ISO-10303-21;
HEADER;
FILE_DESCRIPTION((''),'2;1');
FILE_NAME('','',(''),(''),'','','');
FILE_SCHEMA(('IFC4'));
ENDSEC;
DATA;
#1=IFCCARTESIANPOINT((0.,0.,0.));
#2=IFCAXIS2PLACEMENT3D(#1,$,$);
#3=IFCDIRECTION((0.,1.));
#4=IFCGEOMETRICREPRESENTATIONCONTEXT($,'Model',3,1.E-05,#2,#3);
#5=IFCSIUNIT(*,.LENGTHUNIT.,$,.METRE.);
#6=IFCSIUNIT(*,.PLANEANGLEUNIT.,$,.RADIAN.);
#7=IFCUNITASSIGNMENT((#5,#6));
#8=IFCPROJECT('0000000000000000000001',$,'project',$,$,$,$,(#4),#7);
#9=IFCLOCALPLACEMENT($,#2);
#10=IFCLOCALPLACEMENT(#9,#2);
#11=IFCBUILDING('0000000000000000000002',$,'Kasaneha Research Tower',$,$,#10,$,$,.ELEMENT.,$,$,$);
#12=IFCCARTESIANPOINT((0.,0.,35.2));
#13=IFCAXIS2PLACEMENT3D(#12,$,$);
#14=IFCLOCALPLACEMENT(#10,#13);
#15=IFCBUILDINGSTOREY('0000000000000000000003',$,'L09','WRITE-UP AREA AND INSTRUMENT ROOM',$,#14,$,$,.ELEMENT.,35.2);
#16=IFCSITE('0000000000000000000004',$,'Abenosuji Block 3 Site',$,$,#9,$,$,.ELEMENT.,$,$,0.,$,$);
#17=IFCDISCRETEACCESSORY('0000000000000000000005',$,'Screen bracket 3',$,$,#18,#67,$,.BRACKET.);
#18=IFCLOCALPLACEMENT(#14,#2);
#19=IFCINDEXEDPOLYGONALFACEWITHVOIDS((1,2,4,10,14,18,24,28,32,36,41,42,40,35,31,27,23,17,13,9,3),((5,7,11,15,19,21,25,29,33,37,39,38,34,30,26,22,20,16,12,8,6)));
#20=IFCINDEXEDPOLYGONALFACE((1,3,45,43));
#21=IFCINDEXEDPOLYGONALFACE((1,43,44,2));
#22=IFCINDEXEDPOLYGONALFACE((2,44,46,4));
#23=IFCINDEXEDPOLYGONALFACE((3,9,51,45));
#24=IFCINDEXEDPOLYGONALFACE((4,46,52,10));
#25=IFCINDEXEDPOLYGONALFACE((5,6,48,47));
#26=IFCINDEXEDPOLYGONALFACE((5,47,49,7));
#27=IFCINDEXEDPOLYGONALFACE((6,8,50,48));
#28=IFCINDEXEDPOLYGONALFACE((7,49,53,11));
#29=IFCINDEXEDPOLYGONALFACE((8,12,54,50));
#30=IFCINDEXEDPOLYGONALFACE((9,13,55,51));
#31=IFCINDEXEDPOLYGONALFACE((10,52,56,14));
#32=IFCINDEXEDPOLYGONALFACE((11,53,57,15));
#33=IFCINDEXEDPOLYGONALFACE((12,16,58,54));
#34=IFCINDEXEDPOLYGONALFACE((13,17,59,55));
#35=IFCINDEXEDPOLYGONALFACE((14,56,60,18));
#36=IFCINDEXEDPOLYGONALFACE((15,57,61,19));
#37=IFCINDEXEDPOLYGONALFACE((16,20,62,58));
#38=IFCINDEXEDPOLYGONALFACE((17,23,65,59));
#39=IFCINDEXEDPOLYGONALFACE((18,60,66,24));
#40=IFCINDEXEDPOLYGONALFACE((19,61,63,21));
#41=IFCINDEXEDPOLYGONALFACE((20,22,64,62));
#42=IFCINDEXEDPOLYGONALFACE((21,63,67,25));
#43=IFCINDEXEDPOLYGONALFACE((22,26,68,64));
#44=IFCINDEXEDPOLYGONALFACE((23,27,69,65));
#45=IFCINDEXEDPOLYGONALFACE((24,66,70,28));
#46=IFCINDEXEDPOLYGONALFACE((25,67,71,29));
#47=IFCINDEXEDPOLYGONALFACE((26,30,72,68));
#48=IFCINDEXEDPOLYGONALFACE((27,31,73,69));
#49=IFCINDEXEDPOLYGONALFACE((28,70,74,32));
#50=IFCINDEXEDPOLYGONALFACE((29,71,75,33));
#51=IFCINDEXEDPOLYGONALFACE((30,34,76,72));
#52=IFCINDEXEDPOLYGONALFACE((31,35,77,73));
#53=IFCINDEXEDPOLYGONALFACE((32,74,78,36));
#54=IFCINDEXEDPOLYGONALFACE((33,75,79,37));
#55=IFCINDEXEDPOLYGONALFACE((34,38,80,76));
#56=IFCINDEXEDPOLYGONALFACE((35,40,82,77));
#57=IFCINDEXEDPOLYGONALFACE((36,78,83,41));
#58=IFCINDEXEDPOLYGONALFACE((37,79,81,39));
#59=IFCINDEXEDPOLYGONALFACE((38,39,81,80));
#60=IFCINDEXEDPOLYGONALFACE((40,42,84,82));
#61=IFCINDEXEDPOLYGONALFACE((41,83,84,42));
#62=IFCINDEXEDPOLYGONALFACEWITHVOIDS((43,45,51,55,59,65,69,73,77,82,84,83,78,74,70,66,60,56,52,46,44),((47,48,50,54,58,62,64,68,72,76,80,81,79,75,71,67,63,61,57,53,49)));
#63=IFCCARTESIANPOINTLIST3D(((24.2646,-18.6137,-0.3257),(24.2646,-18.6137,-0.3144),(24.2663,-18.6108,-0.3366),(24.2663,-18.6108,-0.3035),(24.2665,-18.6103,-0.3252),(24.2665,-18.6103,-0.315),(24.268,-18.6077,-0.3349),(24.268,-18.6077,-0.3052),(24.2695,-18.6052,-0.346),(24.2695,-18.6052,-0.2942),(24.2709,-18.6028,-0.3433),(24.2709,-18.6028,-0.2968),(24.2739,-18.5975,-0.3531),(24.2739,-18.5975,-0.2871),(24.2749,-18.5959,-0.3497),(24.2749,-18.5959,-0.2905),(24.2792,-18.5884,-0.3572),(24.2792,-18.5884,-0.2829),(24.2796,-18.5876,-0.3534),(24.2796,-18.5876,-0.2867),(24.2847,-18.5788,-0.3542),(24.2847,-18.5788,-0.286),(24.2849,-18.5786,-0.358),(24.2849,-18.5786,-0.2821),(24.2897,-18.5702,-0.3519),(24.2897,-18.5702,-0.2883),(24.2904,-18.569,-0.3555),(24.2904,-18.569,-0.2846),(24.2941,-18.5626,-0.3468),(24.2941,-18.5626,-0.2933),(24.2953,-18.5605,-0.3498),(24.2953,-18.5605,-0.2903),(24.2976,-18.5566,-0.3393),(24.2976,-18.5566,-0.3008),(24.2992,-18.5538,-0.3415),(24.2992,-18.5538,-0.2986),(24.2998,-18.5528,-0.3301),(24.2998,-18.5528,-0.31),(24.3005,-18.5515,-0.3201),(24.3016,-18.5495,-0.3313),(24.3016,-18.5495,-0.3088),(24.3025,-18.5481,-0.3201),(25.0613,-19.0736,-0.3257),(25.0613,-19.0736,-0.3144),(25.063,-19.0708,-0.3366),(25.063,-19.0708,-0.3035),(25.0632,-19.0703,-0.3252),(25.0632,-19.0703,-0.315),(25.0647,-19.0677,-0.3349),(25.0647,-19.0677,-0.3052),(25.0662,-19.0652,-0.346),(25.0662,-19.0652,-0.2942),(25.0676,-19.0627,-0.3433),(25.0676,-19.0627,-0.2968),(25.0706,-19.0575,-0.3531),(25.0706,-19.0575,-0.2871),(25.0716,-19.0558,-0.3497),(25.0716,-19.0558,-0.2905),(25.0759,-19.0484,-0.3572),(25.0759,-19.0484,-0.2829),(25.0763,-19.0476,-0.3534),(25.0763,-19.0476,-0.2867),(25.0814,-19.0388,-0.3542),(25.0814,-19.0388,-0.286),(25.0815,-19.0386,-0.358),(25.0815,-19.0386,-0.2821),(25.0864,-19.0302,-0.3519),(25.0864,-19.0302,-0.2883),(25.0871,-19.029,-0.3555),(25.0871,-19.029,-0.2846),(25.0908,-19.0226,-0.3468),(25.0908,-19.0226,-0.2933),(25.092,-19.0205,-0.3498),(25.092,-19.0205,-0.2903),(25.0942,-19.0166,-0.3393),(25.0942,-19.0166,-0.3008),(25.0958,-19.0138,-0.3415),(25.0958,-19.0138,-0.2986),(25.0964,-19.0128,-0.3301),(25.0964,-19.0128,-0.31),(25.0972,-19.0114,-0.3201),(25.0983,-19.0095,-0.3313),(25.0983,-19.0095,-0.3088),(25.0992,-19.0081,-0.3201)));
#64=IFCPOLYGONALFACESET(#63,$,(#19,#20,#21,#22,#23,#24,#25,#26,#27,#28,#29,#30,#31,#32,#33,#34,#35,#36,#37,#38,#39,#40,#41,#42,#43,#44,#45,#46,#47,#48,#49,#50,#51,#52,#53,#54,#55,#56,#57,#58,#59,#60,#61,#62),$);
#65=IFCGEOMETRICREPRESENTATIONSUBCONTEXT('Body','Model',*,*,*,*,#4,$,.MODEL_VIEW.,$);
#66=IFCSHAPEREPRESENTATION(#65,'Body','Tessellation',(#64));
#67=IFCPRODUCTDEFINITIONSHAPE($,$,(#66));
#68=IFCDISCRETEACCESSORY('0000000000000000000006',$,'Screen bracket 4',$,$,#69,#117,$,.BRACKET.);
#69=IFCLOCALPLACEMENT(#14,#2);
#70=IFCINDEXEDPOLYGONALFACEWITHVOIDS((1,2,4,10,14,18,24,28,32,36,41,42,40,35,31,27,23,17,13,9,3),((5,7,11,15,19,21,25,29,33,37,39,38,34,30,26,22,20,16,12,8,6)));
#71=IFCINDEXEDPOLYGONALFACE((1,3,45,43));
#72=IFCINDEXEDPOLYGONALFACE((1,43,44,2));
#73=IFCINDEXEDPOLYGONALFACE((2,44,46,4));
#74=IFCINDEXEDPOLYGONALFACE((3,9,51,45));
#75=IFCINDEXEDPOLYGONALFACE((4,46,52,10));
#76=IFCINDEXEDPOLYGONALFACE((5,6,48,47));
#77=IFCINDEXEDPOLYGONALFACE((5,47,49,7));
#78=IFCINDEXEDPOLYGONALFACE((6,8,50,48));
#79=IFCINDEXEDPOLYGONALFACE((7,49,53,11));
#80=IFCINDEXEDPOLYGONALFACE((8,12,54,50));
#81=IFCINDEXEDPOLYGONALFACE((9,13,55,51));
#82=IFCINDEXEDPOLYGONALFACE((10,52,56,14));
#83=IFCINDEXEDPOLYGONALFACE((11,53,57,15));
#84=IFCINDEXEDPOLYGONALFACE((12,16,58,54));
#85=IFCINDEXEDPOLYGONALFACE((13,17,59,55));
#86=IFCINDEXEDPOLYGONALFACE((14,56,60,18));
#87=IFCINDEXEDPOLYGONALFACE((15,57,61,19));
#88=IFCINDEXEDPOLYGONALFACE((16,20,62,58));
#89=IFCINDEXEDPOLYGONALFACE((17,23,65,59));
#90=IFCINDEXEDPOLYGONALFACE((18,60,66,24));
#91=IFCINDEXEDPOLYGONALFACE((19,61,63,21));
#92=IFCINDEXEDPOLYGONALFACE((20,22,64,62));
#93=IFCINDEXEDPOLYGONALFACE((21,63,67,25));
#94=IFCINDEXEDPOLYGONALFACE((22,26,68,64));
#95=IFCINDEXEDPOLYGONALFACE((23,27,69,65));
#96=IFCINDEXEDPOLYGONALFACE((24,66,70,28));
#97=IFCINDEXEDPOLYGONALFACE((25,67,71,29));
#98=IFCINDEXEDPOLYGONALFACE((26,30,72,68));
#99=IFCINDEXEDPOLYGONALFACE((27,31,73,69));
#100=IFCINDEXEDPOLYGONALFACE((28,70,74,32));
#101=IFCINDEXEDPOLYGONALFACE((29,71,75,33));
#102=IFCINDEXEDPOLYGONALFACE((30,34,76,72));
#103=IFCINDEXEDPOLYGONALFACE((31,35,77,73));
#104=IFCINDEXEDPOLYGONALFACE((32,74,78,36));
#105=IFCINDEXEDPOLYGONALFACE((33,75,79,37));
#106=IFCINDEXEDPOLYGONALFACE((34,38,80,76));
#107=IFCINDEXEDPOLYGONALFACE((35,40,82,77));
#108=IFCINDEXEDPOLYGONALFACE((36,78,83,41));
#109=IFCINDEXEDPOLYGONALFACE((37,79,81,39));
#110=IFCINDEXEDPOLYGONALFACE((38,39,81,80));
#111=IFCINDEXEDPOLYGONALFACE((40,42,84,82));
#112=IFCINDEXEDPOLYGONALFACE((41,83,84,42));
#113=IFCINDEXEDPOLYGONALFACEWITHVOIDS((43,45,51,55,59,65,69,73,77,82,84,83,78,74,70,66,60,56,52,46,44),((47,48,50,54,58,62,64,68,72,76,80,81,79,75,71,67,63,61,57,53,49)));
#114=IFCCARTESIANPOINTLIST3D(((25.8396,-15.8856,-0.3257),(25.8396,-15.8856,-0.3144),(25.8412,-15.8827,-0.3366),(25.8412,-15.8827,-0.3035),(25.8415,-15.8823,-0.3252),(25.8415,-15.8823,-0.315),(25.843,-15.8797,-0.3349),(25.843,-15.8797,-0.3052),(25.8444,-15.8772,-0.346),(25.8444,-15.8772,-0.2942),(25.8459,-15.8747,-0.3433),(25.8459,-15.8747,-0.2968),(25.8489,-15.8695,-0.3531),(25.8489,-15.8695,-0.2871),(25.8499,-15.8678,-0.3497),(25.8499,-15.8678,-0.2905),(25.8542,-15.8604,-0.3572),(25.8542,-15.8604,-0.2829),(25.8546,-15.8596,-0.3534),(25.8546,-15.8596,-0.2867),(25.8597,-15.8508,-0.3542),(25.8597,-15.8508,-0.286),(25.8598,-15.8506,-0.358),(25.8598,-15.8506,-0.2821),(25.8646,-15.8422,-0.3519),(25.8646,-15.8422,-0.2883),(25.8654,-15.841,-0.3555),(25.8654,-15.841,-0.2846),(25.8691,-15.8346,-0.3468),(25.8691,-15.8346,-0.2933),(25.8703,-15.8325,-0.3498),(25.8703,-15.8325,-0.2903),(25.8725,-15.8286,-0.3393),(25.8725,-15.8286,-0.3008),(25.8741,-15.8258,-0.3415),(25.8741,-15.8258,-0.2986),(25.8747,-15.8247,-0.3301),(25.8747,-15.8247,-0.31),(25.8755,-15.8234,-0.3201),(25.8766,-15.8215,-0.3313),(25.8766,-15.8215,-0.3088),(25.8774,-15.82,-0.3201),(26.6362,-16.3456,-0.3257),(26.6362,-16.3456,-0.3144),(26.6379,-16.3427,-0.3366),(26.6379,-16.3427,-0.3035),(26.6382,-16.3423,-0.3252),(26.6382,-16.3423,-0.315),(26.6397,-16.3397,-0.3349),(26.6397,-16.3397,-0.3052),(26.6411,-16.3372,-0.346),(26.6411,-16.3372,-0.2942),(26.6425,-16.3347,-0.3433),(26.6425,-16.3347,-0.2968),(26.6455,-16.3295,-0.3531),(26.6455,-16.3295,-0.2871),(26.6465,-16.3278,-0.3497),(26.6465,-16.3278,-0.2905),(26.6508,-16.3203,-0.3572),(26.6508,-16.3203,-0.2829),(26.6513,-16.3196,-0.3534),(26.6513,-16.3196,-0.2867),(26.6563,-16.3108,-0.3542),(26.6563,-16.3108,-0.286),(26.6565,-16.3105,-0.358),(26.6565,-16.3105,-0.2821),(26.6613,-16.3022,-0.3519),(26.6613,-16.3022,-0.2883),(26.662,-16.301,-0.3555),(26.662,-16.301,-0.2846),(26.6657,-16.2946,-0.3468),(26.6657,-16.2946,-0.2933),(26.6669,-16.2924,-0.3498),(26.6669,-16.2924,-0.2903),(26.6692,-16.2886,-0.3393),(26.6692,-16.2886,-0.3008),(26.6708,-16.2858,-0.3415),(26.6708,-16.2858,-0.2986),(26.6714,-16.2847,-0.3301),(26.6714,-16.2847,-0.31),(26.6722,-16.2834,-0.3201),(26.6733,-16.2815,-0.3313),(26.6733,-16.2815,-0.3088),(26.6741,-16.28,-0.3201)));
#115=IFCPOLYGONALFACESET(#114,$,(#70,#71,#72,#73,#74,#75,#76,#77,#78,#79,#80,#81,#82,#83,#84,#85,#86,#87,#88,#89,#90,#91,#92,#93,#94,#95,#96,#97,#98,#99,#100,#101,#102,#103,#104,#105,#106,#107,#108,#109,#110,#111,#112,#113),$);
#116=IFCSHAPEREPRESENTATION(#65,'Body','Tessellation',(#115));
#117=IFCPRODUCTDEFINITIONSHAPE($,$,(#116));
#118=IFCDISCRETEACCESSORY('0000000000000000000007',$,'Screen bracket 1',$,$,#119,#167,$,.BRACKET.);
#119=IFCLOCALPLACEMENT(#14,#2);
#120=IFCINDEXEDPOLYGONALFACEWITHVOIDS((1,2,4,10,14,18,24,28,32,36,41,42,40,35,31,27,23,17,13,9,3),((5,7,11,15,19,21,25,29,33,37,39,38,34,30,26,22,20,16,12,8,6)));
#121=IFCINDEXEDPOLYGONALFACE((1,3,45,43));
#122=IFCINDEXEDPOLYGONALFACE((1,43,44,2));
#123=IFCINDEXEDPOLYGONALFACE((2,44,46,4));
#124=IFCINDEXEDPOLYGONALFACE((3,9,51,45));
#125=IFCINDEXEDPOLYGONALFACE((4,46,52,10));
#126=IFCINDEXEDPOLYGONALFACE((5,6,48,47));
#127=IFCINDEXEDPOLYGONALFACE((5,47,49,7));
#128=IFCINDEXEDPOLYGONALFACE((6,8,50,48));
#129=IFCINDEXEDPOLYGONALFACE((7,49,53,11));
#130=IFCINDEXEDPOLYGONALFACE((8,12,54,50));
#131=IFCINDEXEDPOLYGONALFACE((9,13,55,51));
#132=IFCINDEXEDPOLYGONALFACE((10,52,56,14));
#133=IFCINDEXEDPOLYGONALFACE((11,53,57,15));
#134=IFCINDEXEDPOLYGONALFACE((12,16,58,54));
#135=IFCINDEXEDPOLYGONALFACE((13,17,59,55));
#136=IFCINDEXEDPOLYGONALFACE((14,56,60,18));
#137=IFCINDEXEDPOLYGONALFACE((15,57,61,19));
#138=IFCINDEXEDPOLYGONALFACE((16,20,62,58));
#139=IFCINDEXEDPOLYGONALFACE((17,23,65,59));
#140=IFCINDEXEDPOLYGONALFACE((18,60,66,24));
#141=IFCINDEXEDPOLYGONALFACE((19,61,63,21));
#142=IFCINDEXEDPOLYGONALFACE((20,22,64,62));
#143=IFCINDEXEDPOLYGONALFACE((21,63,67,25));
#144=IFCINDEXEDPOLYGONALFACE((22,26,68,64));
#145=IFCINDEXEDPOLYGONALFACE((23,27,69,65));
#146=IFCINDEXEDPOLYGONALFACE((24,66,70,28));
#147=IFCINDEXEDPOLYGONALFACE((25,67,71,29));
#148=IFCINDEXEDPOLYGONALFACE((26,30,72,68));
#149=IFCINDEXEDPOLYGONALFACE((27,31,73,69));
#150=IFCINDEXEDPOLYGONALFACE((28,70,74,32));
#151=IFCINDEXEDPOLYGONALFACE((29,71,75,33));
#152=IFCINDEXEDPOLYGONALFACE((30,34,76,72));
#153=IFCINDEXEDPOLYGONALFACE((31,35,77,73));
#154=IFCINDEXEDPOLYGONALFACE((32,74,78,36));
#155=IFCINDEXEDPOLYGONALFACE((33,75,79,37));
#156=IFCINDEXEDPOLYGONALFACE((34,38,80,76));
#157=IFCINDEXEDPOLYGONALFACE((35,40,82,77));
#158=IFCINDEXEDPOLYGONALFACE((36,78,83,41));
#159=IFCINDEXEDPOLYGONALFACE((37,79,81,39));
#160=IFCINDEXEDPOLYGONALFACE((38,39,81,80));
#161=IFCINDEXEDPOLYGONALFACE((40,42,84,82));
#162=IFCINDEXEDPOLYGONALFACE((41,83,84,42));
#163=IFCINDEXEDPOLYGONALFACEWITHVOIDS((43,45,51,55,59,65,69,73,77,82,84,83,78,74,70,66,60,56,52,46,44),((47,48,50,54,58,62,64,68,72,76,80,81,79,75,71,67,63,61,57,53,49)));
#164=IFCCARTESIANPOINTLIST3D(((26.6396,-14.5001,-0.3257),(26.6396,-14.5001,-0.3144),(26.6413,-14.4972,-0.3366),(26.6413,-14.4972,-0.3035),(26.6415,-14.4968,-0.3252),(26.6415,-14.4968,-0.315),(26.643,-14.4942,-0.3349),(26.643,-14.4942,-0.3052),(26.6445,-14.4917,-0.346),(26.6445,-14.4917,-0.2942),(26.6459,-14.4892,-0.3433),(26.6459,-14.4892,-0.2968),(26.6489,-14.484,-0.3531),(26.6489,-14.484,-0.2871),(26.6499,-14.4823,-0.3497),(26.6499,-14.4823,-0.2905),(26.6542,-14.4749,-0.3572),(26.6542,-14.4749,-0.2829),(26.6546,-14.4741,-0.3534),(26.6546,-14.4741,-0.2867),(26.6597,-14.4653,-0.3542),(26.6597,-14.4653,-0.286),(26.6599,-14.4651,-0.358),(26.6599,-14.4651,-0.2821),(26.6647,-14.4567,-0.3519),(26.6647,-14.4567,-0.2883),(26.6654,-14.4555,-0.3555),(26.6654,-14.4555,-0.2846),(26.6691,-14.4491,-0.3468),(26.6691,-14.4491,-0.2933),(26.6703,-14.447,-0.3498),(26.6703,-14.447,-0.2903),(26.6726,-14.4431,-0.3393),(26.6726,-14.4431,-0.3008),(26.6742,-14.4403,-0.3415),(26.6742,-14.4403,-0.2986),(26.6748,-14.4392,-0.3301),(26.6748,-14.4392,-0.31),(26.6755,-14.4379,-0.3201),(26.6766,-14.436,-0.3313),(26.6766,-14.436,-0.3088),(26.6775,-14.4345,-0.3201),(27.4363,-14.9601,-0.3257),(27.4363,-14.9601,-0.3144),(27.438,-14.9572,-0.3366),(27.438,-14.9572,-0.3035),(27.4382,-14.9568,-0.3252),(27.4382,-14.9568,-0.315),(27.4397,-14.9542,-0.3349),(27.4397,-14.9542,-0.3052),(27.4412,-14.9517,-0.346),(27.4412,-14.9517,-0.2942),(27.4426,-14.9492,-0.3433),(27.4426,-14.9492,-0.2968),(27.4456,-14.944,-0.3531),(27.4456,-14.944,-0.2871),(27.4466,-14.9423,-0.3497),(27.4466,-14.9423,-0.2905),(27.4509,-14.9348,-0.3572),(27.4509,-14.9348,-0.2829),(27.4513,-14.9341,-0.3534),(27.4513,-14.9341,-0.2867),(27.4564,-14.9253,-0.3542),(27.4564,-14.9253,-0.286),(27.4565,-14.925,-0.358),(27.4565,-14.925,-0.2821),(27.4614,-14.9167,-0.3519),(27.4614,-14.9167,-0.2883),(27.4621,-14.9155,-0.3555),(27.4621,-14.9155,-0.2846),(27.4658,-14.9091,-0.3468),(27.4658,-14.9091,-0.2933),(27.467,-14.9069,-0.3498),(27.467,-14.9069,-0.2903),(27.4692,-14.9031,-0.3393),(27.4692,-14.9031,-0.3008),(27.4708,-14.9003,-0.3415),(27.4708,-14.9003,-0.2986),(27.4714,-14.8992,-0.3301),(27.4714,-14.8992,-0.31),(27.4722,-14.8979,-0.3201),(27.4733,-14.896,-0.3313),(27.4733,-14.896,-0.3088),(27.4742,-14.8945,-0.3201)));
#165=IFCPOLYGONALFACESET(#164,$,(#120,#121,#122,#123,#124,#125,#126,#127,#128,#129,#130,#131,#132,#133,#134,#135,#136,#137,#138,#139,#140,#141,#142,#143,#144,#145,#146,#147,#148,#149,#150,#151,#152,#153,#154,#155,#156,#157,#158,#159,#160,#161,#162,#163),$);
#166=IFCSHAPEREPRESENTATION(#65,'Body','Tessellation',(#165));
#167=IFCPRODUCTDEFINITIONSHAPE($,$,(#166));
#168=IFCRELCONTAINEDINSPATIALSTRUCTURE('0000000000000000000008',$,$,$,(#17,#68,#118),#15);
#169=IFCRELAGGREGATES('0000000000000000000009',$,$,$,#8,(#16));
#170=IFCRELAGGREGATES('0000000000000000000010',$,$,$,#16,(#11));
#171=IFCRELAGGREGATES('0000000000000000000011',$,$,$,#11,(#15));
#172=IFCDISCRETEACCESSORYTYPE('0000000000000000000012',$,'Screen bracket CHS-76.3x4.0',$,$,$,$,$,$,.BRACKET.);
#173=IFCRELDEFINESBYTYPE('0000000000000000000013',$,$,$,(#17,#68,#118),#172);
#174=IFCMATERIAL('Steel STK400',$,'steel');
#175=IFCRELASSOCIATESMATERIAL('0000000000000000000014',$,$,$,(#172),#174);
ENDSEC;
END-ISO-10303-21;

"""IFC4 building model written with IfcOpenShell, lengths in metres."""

from ifc_helpers import new_model, si_unit, direction, frame, origin, origin_2d, place, context, subcontext, project, spatial, hollow_circle, extrude, material, material_profile, profile_set, type_object, element, save


model = new_model("IFC4")

# Units and contexts
model_context = context("Model", 3, precision=1e-05, world=origin(), true_north=direction((0.0, 1.0)))
body_context = subcontext(model_context, "Body", "Model", "MODEL_VIEW")
ifc_project = project(units=[si_unit("LENGTHUNIT", "METRE"), si_unit("PLANEANGLEUNIT", "RADIAN")], contexts=[model_context])

# Site, building, storey
site_placement = place(None, origin())
site = spatial("IfcSite", under=ifc_project, at=site_placement, Name="Abenosuji Block 3 Site", CompositionType="ELEMENT", RefElevation=0.0)
building_placement = place(site_placement, origin())
building = spatial("IfcBuilding", under=site, at=building_placement, Name="Kasaneha Research Tower", CompositionType="ELEMENT")
storey_placement = place(building_placement, frame((0.0, 0.0, 35.2)))
storey = spatial("IfcBuildingStorey", under=building, at=storey_placement, Name="L09", Description="WRITE-UP AREA AND INSTRUMENT ROOM", CompositionType="ELEMENT", Elevation=35.2)

# Discrete accessories
ifc_material_1 = material(Name="Steel STK400", Category="steel")
ifc_material_profile_1 = material_profile(ifc_material_1, hollow_circle(Radius=0.0381, WallThickness=0.0039, at=origin_2d()), Name="CHS-76.3x4.0")
ifc_profile_set_1 = profile_set([ifc_material_profile_1], Name="Steel STK400")
discrete_accessory_type = type_object("IfcDiscreteAccessoryType", Name="Screen bracket CHS-76.3x4.0", PredefinedType="BRACKET", material=ifc_profile_set_1)
for number, where, z_axis, x_axis, name in (
    (1, (24.2834, -18.5811, -0.3201), (0.866013, -0.500021, 0.0), (0.500021, 0.866013, 0.0), "Screen bracket 3"),
    (2, (25.8584, -15.853, -0.3201), (0.866013, -0.500021, 0.0), (0.500021, 0.866013, 0.0), "Screen bracket 4"),
    (3, (26.6584, -14.4675, -0.3201), (0.866013, -0.500021, 0.0), (0.500021, 0.866013, 0.0), "Screen bracket 1"),
):
    element("IfcDiscreteAccessory", number, at=place(storey_placement, frame(where, z_axis=z_axis, x_axis=x_axis)), inside=storey, type_object=discrete_accessory_type, Name=name, PredefinedType="BRACKET", context=body_context, shape_type="SweptSolid", body=[
        extrude(hollow_circle(Radius=0.0381, WallThickness=0.0039, at=origin_2d()), origin(), (0.0, 0.0, 1.0), 0.9199),
    ])

save(model, "model.ifc")
